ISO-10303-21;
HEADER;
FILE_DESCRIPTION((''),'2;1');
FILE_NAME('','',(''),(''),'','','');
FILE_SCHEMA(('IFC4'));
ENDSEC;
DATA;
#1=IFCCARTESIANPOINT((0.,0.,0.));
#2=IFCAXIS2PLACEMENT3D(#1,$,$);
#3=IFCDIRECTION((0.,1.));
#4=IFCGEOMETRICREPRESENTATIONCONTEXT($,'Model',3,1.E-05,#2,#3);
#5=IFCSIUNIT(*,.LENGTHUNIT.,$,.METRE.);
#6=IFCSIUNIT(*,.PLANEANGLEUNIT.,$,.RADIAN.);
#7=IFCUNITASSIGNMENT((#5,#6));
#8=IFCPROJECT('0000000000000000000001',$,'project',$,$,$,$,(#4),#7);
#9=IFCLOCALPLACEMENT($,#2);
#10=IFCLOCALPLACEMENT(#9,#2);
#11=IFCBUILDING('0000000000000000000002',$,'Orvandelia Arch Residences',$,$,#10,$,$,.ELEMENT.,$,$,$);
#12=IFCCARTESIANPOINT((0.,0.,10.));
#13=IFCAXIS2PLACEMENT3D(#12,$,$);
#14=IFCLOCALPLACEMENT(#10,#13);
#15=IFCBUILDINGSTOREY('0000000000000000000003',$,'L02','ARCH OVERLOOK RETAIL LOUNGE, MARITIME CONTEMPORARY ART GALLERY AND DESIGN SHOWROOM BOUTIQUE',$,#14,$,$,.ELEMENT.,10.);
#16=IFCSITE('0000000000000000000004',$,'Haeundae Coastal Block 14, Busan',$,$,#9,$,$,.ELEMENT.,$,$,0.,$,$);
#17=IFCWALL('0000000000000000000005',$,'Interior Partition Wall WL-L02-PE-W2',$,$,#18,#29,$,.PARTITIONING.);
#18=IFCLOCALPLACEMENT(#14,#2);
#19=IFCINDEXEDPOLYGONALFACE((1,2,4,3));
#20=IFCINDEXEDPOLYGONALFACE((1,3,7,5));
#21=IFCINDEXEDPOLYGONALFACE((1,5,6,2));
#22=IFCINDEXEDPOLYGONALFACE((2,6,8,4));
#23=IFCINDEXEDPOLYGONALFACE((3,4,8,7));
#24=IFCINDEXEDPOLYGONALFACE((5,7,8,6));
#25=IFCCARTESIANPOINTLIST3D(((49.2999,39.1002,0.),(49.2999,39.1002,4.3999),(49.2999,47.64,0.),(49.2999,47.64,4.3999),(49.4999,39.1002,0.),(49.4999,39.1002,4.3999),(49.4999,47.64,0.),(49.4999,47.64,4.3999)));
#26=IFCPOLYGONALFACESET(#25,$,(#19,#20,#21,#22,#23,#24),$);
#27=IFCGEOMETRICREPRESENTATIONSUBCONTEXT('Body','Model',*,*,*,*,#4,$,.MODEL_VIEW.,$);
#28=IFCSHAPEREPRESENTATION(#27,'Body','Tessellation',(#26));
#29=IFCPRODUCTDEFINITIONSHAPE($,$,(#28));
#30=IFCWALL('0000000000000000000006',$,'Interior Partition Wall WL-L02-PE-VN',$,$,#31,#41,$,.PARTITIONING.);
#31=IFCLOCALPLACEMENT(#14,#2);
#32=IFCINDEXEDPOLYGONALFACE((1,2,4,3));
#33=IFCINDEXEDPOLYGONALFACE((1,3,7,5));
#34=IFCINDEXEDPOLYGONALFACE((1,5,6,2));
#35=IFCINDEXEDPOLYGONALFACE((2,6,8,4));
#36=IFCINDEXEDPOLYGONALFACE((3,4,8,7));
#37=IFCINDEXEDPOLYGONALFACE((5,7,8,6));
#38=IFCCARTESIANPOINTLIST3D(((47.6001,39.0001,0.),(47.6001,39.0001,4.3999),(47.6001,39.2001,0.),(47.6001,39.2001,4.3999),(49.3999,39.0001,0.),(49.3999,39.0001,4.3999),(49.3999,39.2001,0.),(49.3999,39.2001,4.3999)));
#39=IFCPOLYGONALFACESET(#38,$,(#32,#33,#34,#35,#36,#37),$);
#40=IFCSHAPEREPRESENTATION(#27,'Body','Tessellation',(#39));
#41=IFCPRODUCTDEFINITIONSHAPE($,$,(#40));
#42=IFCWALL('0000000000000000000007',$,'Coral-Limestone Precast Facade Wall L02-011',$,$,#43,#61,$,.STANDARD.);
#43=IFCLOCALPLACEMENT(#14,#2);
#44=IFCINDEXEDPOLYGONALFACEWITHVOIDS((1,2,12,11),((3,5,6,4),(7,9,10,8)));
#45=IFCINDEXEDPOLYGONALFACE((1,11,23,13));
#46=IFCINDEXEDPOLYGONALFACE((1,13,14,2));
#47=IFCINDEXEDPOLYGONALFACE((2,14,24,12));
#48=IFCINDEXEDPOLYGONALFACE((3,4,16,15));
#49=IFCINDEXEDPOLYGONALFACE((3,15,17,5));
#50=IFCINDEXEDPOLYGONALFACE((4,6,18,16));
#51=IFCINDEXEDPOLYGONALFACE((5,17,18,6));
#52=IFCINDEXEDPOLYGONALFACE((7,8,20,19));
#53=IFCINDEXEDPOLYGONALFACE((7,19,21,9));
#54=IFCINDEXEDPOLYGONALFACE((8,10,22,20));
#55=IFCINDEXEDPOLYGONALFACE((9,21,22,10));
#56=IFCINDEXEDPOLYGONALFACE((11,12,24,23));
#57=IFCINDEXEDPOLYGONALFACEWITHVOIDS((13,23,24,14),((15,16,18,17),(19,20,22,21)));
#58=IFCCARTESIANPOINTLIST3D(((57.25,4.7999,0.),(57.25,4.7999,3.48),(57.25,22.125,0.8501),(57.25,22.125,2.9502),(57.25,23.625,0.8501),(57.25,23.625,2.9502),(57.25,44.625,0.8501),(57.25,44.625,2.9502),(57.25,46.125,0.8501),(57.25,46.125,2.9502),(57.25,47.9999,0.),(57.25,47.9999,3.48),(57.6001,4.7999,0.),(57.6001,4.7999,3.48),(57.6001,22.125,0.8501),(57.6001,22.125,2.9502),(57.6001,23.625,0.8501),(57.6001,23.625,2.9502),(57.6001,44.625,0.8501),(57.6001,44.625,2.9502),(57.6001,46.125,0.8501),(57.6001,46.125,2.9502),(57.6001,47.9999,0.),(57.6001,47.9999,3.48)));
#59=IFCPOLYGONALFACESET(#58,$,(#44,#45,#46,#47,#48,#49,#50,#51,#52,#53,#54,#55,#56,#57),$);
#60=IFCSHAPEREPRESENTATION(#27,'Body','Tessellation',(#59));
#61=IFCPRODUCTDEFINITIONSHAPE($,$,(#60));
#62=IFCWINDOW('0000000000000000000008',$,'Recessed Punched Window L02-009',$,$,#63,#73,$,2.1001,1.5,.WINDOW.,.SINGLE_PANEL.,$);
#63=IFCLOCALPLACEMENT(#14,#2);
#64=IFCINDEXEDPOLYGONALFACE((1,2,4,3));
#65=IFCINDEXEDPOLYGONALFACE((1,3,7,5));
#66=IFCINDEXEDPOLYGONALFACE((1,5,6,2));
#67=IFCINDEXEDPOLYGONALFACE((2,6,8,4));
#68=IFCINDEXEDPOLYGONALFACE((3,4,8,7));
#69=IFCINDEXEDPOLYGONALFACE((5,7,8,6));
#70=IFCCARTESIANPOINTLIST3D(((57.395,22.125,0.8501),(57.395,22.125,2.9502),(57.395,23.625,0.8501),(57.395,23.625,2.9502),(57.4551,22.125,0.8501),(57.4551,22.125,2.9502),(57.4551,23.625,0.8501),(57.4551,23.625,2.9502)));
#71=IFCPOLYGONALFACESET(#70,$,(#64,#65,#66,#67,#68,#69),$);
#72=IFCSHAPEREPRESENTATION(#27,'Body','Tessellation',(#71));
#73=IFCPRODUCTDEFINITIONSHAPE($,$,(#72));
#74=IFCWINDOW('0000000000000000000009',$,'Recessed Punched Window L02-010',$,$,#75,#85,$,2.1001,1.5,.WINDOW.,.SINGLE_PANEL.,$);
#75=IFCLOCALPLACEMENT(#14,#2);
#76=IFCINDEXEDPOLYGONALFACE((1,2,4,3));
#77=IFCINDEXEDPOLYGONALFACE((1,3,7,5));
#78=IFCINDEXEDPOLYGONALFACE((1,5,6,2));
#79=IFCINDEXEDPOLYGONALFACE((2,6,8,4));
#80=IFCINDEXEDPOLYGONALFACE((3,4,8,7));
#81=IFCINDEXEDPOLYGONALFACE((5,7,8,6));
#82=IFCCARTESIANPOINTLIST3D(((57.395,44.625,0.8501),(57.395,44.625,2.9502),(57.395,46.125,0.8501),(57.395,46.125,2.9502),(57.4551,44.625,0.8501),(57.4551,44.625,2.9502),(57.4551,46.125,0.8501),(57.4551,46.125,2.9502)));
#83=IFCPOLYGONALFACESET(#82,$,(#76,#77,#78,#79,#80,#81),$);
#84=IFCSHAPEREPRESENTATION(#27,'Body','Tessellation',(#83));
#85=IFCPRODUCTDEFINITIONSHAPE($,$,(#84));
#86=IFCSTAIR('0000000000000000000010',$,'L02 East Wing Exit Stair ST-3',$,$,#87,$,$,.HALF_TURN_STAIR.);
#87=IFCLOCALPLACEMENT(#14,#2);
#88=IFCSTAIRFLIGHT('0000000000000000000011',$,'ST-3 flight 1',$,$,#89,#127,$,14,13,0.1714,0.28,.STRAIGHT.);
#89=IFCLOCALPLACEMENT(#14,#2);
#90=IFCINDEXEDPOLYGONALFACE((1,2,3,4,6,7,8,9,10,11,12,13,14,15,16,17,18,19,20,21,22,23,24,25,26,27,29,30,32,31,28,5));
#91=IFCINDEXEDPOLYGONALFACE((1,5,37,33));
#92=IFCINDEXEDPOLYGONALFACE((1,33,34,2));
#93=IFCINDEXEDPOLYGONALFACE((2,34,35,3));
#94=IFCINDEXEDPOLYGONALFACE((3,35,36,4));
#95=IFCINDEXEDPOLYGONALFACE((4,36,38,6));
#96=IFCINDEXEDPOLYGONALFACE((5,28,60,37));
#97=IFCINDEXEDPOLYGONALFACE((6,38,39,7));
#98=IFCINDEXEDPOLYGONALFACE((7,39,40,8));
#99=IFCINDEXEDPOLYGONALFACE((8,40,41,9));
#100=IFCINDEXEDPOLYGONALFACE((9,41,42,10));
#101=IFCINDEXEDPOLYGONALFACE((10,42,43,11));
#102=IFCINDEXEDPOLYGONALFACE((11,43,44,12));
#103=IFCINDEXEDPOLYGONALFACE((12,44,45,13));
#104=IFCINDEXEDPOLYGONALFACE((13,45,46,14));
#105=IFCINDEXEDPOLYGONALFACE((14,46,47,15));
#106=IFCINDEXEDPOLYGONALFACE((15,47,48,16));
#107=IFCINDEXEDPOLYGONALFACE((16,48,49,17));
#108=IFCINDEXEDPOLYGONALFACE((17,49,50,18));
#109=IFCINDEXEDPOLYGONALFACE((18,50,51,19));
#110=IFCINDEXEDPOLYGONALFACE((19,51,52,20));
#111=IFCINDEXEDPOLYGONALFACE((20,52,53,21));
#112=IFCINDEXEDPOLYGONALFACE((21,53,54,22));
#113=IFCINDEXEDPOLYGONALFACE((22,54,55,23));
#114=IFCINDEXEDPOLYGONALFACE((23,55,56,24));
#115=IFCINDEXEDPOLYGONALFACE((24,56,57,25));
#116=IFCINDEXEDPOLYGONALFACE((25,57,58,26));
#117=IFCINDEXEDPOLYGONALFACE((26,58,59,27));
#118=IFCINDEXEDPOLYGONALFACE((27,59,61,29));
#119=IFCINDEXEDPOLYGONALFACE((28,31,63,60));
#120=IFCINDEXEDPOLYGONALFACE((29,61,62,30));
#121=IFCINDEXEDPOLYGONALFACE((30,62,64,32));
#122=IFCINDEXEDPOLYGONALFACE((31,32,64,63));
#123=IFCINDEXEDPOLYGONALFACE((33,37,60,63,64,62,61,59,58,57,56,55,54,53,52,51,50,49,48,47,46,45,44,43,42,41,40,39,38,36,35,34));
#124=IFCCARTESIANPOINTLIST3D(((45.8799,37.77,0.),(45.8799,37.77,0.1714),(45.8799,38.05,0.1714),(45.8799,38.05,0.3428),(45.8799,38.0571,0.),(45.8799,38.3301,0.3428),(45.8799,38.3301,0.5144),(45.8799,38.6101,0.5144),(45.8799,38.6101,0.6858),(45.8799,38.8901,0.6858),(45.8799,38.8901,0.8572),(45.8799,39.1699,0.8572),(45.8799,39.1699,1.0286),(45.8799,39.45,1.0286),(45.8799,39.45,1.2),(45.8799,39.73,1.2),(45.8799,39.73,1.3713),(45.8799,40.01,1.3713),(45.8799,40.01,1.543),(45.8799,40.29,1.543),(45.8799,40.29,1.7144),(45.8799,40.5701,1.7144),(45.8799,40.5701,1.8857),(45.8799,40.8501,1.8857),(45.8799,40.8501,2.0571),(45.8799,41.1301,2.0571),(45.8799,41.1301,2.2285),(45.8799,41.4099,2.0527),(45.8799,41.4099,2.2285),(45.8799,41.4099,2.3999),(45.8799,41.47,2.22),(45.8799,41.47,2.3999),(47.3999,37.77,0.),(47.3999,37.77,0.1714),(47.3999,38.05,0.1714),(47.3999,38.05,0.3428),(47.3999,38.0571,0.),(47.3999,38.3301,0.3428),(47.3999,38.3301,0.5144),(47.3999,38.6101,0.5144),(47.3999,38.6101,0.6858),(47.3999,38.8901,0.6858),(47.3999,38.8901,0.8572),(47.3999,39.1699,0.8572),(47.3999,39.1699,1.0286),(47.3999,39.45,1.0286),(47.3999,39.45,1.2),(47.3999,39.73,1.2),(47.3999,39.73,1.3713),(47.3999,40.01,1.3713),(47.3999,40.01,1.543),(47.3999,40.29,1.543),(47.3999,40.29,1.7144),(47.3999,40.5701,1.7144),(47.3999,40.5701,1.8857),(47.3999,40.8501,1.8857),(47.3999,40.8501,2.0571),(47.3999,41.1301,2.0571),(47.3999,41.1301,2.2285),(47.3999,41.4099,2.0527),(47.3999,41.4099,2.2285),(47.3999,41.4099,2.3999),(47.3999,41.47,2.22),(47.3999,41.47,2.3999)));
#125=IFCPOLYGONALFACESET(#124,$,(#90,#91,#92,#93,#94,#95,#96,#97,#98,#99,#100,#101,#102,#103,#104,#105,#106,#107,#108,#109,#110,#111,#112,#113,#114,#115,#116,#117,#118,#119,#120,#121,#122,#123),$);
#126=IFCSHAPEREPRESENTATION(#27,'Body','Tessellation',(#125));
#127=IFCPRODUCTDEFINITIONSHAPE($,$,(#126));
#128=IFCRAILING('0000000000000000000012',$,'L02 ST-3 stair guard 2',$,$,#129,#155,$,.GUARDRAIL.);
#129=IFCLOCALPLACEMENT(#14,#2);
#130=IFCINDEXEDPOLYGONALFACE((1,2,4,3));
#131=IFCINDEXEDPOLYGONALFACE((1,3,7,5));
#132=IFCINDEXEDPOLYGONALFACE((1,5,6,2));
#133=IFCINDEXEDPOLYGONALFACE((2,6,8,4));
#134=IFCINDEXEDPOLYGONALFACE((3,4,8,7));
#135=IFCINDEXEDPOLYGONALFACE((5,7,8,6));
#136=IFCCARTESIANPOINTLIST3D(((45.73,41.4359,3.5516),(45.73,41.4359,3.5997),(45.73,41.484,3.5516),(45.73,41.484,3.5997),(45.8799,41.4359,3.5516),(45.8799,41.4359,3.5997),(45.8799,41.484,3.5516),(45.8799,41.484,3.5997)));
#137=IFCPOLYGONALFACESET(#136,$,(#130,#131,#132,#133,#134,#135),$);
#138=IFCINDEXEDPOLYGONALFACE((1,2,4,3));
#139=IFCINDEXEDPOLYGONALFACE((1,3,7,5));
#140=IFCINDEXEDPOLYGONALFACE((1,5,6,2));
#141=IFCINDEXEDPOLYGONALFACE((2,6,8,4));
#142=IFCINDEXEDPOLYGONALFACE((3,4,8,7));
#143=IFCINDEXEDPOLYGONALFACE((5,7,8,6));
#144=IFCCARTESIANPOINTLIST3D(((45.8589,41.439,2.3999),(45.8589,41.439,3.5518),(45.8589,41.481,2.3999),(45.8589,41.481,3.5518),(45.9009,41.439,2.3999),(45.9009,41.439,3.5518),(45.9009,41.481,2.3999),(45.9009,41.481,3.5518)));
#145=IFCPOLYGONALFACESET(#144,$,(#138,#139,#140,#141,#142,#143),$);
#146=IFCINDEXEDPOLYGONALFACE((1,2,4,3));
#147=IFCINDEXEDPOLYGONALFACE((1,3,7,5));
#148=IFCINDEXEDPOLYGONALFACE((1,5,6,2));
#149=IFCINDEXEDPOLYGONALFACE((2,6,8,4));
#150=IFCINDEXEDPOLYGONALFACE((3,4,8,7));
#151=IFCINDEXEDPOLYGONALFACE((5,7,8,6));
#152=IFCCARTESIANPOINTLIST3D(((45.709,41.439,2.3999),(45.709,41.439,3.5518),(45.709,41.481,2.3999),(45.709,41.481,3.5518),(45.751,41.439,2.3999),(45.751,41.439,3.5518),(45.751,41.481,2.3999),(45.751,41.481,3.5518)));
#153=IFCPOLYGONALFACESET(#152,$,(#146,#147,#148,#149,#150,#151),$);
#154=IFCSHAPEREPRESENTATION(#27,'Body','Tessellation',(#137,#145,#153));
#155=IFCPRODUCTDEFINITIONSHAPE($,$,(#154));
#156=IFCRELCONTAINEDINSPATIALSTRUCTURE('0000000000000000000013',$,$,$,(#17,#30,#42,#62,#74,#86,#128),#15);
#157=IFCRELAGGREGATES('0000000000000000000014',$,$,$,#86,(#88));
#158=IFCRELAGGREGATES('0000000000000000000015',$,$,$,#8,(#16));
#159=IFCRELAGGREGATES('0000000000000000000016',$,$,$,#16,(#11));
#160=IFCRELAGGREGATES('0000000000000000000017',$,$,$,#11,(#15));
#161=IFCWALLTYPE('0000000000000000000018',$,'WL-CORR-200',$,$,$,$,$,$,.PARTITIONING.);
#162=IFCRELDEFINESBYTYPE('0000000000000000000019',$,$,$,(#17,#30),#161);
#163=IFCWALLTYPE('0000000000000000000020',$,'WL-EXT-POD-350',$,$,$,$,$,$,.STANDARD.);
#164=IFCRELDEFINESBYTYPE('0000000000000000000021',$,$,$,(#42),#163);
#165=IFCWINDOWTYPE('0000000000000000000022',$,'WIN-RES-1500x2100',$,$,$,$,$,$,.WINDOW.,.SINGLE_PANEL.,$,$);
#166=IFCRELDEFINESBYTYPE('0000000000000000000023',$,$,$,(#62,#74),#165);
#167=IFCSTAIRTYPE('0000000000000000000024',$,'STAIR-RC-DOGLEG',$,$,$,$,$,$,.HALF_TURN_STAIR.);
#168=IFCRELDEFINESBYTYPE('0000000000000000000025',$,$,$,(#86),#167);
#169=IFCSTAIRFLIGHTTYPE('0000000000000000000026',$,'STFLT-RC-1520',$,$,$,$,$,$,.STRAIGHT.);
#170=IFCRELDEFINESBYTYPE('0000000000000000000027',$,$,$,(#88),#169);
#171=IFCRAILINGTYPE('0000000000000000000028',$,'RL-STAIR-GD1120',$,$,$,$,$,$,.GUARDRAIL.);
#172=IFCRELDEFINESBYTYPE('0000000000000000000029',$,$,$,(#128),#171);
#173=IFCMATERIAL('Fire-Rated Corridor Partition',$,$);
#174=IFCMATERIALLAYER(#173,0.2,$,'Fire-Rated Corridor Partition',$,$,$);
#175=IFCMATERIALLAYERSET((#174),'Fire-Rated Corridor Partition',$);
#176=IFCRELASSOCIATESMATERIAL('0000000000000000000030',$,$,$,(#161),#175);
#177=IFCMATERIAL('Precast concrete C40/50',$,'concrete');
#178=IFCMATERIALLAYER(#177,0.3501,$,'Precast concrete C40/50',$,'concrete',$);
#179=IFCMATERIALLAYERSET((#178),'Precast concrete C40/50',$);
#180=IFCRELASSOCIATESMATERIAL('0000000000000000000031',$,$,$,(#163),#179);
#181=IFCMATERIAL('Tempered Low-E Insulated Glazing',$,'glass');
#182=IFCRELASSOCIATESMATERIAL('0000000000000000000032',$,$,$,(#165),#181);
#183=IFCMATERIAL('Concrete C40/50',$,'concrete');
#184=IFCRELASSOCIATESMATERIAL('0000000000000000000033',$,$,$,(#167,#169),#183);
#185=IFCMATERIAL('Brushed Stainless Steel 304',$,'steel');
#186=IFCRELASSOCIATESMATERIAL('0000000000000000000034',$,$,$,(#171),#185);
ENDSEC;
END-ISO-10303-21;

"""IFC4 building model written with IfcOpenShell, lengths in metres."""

from ifc_helpers import new_model, si_unit, direction, frame, frame_2d, origin, origin_2d, place, context, subcontext, project, spatial, polyline, rectangle, outline, extrude, material, layer, layer_set, type_object, element, fill, aggregate, save


model = new_model("IFC4")

# Units and contexts
model_context = context("Model", 3, precision=1e-05, world=origin(), true_north=direction((0.0, 1.0)))
body_context = subcontext(model_context, "Body", "Model", "MODEL_VIEW")
ifc_project = project(units=[si_unit("LENGTHUNIT", "METRE"), si_unit("PLANEANGLEUNIT", "RADIAN")], contexts=[model_context])

# Site, building, storey
site_placement = place(None, origin())
site = spatial("IfcSite", under=ifc_project, at=site_placement, Name="Haeundae Coastal Block 14, Busan", CompositionType="ELEMENT", RefElevation=0.0)
building_placement = place(site_placement, origin())
building = spatial("IfcBuilding", under=site, at=building_placement, Name="Orvandelia Arch Residences", CompositionType="ELEMENT")
storey_placement = place(building_placement, frame((0.0, 0.0, 10.0)))
storey = spatial("IfcBuildingStorey", under=building, at=storey_placement, Name="L02", Description="ARCH OVERLOOK RETAIL LOUNGE, MARITIME CONTEMPORARY ART GALLERY AND DESIGN SHOWROOM BOUTIQUE", CompositionType="ELEMENT", Elevation=10.0)

# Walls
ifc_material_1 = material(Name="Fire-Rated Corridor Partition")
ifc_layer_1 = layer(ifc_material_1, 0.2, Name="Fire-Rated Corridor Partition")
ifc_layer_set_1 = layer_set([ifc_layer_1], Name="Fire-Rated Corridor Partition")
wall_type_1 = type_object("IfcWallType", Name="WL-CORR-200", PredefinedType="PARTITIONING", material=ifc_layer_set_1)
wall_1_placement = place(storey_placement, frame((49.3999, 39.1001, 0.0), z_axis=(0.0, 0.0, 1.0), x_axis=(0.0, 1.0, 0.0)))
element("IfcWall", 1, at=wall_1_placement, inside=storey, type_object=wall_type_1, Name="Interior Partition Wall WL-L02-PE-W2", PredefinedType="PARTITIONING", context=body_context, shape_type="SweptSolid", body=[
    extrude(rectangle(XDim=8.5398, YDim=0.2, at=frame_2d((4.27, 0.0))), origin(), (0.0, 0.0, 1.0), 4.3999),
])
wall_2_placement = place(storey_placement, frame((47.6001, 39.1001, 0.0), z_axis=(0.0, 0.0, 1.0), x_axis=(1.0, 0.0, 0.0)))
element("IfcWall", 2, at=wall_2_placement, inside=storey, type_object=wall_type_1, Name="Interior Partition Wall WL-L02-PE-VN", PredefinedType="PARTITIONING", context=body_context, shape_type="SweptSolid", body=[
    extrude(rectangle(XDim=1.7998, YDim=0.2, at=frame_2d((0.8999, 0.0))), origin(), (0.0, 0.0, 1.0), 4.3999),
])

# Wall, openings, windows
ifc_material_2 = material(Name="Precast concrete C40/50", Category="concrete")
ifc_layer_2 = layer(ifc_material_2, 0.3501, Name="Precast concrete C40/50", Category="concrete")
ifc_layer_set_2 = layer_set([ifc_layer_2], Name="Precast concrete C40/50")
wall_type_2 = type_object("IfcWallType", Name="WL-EXT-POD-350", PredefinedType="STANDARD", material=ifc_layer_set_2)
wall_3_placement = place(storey_placement, frame((57.425, 48.0, 0.0), z_axis=(0.0, 0.0, 1.0), x_axis=(0.0, -1.0, 0.0)))
wall_3 = element("IfcWall", 3, at=wall_3_placement, inside=storey, type_object=wall_type_2, Name="Coral-Limestone Precast Facade Wall L02-011", PredefinedType="STANDARD", context=body_context, shape_type="SweptSolid", body=[
    extrude(rectangle(XDim=43.2, YDim=0.3501, at=frame_2d((21.6001, 0.0))), origin(), (0.0, 0.0, 1.0), 3.48),
])
opening_1_placement = place(wall_3_placement, frame((24.375, 0.0, 0.8501)))
opening_1 = element("IfcOpeningElement", 4, at=opening_1_placement, cuts=wall_3, PredefinedType="OPENING", context=body_context, shape_type="SweptSolid", body=[
    extrude(rectangle(XDim=1.5, YDim=2.1001, at=frame_2d((0.75, 1.05))), frame((0.0, 0.1851, 0.0), z_axis=(0.0, -1.0, 0.0), x_axis=(1.0, 0.0, 0.0)), (0.0, 0.0, 1.0), 0.3701),
])
opening_2_placement = place(wall_3_placement, frame((1.875, 0.0, 0.8501)))
opening_2 = element("IfcOpeningElement", 5, at=opening_2_placement, cuts=wall_3, PredefinedType="OPENING", context=body_context, shape_type="SweptSolid", body=[
    extrude(rectangle(XDim=1.5, YDim=2.1001, at=frame_2d((0.75, 1.05))), frame((0.0, 0.1851, 0.0), z_axis=(0.0, -1.0, 0.0), x_axis=(1.0, 0.0, 0.0)), (0.0, 0.0, 1.0), 0.3701),
])
ifc_material_3 = material(Name="Tempered Low-E Insulated Glazing", Category="glass")
window_type = type_object("IfcWindowType", Name="WIN-RES-1500x2100", PartitioningType="SINGLE_PANEL", PredefinedType="WINDOW", material=ifc_material_3)
window_1_placement = place(opening_1_placement, origin())
window_1 = element("IfcWindow", 6, at=window_1_placement, inside=storey, type_object=window_type, Name="Recessed Punched Window L02-009", OverallHeight=2.1001, OverallWidth=1.5, PartitioningType="SINGLE_PANEL", PredefinedType="WINDOW", context=body_context, shape_type="SweptSolid", body=[
    extrude(rectangle(XDim=1.5, YDim=2.1001, at=frame_2d((0.75, 1.05))), frame((0.0, 0.03, 0.0), z_axis=(0.0, -1.0, 0.0), x_axis=(1.0, 0.0, 0.0)), (0.0, 0.0, 1.0), 0.0601),
])
fill(opening_1, window_1)
window_2_placement = place(opening_2_placement, origin())
window_2 = element("IfcWindow", 7, at=window_2_placement, inside=storey, type_object=window_type, Name="Recessed Punched Window L02-010", OverallHeight=2.1001, OverallWidth=1.5, PartitioningType="SINGLE_PANEL", PredefinedType="WINDOW", context=body_context, shape_type="SweptSolid", body=[
    extrude(rectangle(XDim=1.5, YDim=2.1001, at=frame_2d((0.75, 1.05))), frame((0.0, 0.03, 0.0), z_axis=(0.0, -1.0, 0.0), x_axis=(1.0, 0.0, 0.0)), (0.0, 0.0, 1.0), 0.0601),
])
fill(opening_2, window_2)

# Stair, stair flight
ifc_material_4 = material(Name="Concrete C40/50", Category="concrete")
stair_type = type_object("IfcStairType", Name="STAIR-RC-DOGLEG", PredefinedType="HALF_TURN_STAIR", material=ifc_material_4)
stair_placement = place(storey_placement, origin())
stair = element("IfcStair", 8, at=stair_placement, inside=storey, type_object=stair_type, Name="L02 East Wing Exit Stair ST-3", PredefinedType="HALF_TURN_STAIR")
stair_flight_type = type_object("IfcStairFlightType", Name="STFLT-RC-1520", PredefinedType="STRAIGHT", material=ifc_material_4)
stair_flight_placement = place(storey_placement, frame((46.6399, 37.77, 0.0), z_axis=(0.0, 0.0, 1.0), x_axis=(0.0, 1.0, 0.0)))
stair_flight = element("IfcStairFlight", 9, at=stair_flight_placement, type_object=stair_flight_type, Name="ST-3 flight 1", NumberOfRisers=14, NumberOfTreads=13, PredefinedType="STRAIGHT", RiserHeight=0.1714, TreadLength=0.28, context=body_context, shape_type="SweptSolid", body=[
    extrude(outline(polyline([(0.0, 0.0), (0.0, 0.1714), (0.28, 0.1714), (0.28, 0.3428), (0.5601, 0.3428), (0.5601, 0.5144), (0.8401, 0.5144), (0.8401, 0.6858), (1.1201, 0.6858), (1.1201, 0.8572), (1.3999, 0.8572), (1.3999, 1.0286), (1.6799, 1.0286), (1.6799, 1.2), (1.96, 1.2), (1.96, 1.3713), (2.24, 1.3713), (2.24, 1.543), (2.52, 1.543), (2.52, 1.7144), (2.8, 1.7144), (2.8, 1.8857), (3.0801, 1.8857), (3.0801, 2.0571), (3.3601, 2.0571), (3.3601, 2.2285), (3.6399, 2.2285), (3.6399, 2.3999), (3.7, 2.3999), (3.7, 2.22), (3.6399, 2.0527), (0.2871, 0.0), (0.0, 0.0)])), frame((0.0, 0.76, 0.0), z_axis=(0.0, -1.0, 0.0), x_axis=(1.0, 0.0, 0.0)), (0.0, 0.0, 1.0), 1.52),
])
aggregate(stair, [stair_flight])

# Railing
ifc_material_5 = material(Name="Brushed Stainless Steel 304", Category="steel")
railing_type_1 = type_object("IfcRailingType", Name="RL-STAIR-GD1120", PredefinedType="GUARDRAIL", material=ifc_material_5)
railing_1_placement = place(storey_placement, frame((45.8799, 41.46, 2.3999)))
element("IfcRailing", 10, at=railing_1_placement, inside=storey, type_object=railing_type_1, Name="L02 ST-3 stair guard 2", PredefinedType="GUARDRAIL", context=body_context, shape_type="SweptSolid", body=[
    extrude(rectangle(XDim=0.0481, YDim=0.0481, at=origin_2d()), frame((0.0, 0.0, 1.1758), z_axis=(-1.0, 0.0, 0.0), x_axis=(0.0, -1.0, 0.0)), (0.0, 0.0, 1.0), 0.1499),
    extrude(rectangle(XDim=0.042, YDim=0.042, at=origin_2d()), origin(), (0.0, 0.0, 1.0), 1.1519),
    extrude(rectangle(XDim=0.042, YDim=0.042, at=origin_2d()), frame((-0.1499, 0.0, 0.0)), (0.0, 0.0, 1.0), 1.1519),
])

save(model, "model.ifc")
